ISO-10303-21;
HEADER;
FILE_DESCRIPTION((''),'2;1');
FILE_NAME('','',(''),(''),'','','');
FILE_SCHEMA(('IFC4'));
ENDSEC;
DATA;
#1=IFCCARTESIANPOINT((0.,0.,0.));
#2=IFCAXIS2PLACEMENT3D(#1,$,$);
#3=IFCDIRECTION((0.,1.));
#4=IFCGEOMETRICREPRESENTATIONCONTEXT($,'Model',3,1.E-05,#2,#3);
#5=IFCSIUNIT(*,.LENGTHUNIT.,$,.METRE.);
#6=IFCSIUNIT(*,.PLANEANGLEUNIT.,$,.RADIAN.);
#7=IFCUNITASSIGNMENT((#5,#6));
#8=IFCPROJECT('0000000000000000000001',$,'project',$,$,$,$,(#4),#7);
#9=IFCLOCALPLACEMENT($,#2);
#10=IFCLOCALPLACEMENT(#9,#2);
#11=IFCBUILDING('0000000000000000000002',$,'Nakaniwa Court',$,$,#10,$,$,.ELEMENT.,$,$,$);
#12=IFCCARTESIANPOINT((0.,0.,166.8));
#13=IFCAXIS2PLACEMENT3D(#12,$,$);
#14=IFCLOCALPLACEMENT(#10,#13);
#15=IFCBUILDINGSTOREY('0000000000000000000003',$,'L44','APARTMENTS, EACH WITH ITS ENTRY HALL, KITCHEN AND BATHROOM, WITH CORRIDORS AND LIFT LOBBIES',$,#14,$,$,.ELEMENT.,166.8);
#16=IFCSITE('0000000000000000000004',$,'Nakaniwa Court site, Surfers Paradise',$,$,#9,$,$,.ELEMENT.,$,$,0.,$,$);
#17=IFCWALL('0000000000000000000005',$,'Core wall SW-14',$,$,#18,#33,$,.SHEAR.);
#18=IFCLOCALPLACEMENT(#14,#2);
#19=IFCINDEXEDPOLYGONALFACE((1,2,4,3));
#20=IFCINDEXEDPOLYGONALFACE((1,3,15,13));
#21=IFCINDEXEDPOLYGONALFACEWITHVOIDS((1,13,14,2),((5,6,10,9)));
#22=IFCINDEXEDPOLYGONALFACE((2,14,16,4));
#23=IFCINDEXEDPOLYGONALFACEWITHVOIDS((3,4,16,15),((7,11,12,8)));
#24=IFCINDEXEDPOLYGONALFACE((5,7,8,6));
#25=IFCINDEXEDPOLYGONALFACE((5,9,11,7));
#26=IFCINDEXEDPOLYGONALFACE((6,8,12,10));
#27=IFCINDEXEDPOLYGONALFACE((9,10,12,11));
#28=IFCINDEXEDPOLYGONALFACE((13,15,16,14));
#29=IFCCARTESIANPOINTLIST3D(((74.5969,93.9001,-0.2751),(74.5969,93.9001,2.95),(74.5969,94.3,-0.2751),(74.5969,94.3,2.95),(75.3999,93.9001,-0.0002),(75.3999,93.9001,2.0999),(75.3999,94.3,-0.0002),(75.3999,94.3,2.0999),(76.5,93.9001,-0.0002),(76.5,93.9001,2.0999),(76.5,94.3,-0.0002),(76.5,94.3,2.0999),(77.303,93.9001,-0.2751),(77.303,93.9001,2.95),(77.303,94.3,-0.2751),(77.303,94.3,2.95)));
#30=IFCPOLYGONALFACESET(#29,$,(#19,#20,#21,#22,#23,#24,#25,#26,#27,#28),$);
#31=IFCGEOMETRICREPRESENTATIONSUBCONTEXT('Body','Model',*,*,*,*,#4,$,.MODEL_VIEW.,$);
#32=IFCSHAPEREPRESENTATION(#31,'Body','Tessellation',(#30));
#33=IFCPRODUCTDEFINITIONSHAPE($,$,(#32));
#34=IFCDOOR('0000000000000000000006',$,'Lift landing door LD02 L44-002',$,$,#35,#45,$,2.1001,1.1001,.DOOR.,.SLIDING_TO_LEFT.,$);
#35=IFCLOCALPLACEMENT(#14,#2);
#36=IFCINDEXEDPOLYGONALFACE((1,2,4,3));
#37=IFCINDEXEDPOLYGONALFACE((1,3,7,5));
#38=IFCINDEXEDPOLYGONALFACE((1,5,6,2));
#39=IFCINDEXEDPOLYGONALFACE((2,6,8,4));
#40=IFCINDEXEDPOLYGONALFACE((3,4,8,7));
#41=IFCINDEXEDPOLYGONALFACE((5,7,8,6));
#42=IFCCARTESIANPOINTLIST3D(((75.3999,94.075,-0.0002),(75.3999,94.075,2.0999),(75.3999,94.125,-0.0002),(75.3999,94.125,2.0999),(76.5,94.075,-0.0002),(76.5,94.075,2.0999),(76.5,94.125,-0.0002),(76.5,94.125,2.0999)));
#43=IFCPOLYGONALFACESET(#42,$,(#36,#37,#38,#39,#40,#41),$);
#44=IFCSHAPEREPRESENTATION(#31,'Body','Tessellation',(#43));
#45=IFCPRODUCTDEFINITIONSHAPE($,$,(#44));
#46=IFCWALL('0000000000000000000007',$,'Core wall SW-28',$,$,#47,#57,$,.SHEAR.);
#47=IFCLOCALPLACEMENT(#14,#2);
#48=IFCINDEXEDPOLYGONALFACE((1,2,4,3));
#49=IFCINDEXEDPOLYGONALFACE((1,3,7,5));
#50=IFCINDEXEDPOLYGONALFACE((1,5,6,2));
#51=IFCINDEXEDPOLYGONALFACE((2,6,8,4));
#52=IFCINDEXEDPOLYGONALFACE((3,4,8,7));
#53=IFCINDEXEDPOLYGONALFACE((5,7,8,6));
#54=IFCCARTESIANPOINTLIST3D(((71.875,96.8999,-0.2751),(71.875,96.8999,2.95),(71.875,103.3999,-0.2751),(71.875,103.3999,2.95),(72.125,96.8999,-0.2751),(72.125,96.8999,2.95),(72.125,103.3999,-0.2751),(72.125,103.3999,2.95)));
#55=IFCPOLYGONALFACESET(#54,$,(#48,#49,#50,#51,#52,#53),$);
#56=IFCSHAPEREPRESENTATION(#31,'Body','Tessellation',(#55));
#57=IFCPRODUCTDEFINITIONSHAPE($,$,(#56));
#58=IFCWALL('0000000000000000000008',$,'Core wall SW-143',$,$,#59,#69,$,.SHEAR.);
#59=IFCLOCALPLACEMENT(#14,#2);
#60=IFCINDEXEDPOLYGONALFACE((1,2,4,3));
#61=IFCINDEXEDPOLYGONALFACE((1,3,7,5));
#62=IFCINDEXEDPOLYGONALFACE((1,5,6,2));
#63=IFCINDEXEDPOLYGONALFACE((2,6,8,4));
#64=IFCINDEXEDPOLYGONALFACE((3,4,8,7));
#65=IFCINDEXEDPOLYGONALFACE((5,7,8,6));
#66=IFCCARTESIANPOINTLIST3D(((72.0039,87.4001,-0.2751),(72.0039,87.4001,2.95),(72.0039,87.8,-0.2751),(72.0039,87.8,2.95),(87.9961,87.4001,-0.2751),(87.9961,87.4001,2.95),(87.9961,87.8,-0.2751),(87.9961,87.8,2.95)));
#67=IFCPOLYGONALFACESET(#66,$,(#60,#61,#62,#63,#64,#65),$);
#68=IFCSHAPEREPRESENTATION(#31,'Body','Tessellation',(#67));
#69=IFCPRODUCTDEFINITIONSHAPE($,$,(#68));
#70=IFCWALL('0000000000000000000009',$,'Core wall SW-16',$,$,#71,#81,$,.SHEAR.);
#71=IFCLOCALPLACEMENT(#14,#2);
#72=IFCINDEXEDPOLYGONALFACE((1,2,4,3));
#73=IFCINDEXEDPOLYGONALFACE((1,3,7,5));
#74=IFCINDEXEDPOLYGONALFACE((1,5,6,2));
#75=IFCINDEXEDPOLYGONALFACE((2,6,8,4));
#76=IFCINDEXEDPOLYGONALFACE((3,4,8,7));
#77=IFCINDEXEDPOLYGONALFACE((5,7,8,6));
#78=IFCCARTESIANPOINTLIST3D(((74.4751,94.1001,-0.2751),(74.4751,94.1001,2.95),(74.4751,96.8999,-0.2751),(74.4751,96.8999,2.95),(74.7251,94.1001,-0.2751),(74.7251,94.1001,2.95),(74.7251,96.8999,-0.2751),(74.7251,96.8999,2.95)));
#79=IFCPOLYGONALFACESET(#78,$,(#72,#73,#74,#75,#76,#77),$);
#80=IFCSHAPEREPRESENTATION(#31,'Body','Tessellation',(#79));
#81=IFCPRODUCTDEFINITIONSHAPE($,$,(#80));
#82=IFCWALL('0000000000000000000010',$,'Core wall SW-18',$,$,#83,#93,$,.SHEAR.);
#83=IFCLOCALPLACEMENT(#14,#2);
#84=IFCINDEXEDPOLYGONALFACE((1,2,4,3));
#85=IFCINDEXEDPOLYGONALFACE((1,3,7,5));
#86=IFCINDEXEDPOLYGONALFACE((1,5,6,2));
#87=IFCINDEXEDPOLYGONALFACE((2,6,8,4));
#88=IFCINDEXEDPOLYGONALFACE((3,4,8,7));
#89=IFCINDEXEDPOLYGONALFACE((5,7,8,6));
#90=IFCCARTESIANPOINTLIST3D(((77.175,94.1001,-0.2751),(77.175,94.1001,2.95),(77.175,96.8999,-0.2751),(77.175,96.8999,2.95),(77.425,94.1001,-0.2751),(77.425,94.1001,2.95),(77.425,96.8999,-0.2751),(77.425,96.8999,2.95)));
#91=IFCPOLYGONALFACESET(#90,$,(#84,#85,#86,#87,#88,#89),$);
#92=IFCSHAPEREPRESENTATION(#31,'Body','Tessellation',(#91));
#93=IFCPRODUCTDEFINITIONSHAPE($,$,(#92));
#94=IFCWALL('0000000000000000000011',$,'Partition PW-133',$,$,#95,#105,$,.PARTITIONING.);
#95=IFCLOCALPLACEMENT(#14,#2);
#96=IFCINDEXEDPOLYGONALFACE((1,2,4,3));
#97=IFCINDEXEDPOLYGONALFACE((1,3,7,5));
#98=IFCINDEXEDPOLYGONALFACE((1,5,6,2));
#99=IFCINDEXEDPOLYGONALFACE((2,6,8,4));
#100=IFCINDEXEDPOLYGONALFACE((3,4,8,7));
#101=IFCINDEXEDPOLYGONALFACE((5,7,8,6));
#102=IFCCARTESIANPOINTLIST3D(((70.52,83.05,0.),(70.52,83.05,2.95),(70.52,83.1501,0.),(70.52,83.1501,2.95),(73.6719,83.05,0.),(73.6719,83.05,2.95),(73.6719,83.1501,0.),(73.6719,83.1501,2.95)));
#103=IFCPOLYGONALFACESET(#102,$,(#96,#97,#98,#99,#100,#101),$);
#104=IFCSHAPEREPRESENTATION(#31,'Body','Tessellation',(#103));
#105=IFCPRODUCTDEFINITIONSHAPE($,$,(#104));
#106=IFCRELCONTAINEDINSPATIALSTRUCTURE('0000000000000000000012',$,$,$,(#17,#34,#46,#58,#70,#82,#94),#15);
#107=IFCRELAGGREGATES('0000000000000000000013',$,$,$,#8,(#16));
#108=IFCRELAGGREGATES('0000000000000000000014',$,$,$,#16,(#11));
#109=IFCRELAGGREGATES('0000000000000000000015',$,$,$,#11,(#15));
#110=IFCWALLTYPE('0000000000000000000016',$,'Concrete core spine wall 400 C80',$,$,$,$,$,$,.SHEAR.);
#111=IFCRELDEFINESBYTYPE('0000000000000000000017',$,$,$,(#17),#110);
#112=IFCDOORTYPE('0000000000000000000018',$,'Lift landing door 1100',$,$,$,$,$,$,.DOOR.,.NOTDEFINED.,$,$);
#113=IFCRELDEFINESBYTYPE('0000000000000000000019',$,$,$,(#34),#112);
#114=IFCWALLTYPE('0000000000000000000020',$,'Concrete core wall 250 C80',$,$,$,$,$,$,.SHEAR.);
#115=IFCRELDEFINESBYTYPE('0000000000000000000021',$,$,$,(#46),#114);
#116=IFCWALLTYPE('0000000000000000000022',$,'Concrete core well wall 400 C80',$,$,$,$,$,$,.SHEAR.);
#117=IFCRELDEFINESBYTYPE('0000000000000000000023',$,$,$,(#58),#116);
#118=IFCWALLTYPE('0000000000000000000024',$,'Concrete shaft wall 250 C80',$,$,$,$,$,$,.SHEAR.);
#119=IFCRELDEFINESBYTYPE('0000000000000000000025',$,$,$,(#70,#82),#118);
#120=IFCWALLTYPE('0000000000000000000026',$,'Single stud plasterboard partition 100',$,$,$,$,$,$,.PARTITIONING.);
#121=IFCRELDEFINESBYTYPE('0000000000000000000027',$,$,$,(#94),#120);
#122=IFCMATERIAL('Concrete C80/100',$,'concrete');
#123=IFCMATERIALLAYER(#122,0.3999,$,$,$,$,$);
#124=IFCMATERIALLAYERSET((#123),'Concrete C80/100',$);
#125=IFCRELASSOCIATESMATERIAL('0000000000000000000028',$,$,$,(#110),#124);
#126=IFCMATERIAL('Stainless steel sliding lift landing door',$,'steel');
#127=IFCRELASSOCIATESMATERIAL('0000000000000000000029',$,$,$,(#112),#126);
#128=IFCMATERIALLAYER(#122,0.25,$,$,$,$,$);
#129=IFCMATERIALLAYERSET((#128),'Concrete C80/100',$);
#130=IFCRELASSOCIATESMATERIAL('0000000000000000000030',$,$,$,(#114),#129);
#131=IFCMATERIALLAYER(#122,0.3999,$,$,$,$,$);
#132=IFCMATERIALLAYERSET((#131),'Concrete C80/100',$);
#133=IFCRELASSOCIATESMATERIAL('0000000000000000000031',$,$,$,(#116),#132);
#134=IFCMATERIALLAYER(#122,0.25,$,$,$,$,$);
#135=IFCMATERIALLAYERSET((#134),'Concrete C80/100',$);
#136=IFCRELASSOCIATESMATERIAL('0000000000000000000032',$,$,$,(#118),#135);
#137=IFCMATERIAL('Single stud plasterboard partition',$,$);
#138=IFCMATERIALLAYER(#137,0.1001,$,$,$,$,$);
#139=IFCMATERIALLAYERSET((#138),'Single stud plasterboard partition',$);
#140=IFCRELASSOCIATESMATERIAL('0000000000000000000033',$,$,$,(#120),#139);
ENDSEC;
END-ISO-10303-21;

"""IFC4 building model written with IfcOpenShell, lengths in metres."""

from ifc_helpers import new_model, si_unit, direction, frame, frame_2d, origin, place, context, subcontext, project, spatial, rectangle, extrude, material, layer, layer_set, type_object, element, fill, save


model = new_model("IFC4")

# Units and contexts
model_context = context("Model", 3, precision=1e-05, world=origin(), true_north=direction((0.0, 1.0)))
body_context = subcontext(model_context, "Body", "Model", "MODEL_VIEW")
ifc_project = project(units=[si_unit("LENGTHUNIT", "METRE"), si_unit("PLANEANGLEUNIT", "RADIAN")], contexts=[model_context])

# Site, building, storey
site_placement = place(None, origin())
site = spatial("IfcSite", under=ifc_project, at=site_placement, Name="Nakaniwa Court site, Surfers Paradise", CompositionType="ELEMENT", RefElevation=0.0)
building_placement = place(site_placement, origin())
building = spatial("IfcBuilding", under=site, at=building_placement, Name="Nakaniwa Court", CompositionType="ELEMENT")
storey_placement = place(building_placement, frame((0.0, 0.0, 166.8)))
storey = spatial("IfcBuildingStorey", under=building, at=storey_placement, Name="L44", Description="APARTMENTS, EACH WITH ITS ENTRY HALL, KITCHEN AND BATHROOM, WITH CORRIDORS AND LIFT LOBBIES", CompositionType="ELEMENT", Elevation=166.8)

# Shared definitions
ifc_material_1 = material(Name="Concrete C80/100", Category="concrete")

# Wall, opening, door
ifc_layer_1 = layer(ifc_material_1, 0.3999)
ifc_layer_set_1 = layer_set([ifc_layer_1], Name="Concrete C80/100")
wall_type_1 = type_object("IfcWallType", Name="Concrete core spine wall 400 C80", PredefinedType="SHEAR", material=ifc_layer_set_1)
wall_1_placement = place(storey_placement, frame((74.5969, 94.1001, -0.2751), z_axis=(0.0, 0.0, 1.0), x_axis=(1.0, 0.0, 0.0)))
wall_1 = element("IfcWall", 1, at=wall_1_placement, inside=storey, type_object=wall_type_1, Name="Core wall SW-14", PredefinedType="SHEAR", context=body_context, shape_type="SweptSolid", body=[
    extrude(rectangle(XDim=2.7061, YDim=0.3999, at=frame_2d((1.353, 0.0))), origin(), (0.0, 0.0, 1.0), 3.2251),
])
opening_1_placement = place(wall_1_placement, frame((0.803, 0.0, 0.2749)))
opening_1 = element("IfcOpeningElement", 2, at=opening_1_placement, cuts=wall_1, PredefinedType="OPENING", context=body_context, shape_type="SweptSolid", body=[
    extrude(rectangle(XDim=1.1001, YDim=2.1001, at=frame_2d((0.55, 1.05))), frame((0.0, 0.21, 0.0), z_axis=(0.0, -1.0, 0.0), x_axis=(1.0, 0.0, 0.0)), (0.0, 0.0, 1.0), 0.4199),
])
ifc_material_2 = material(Name="Stainless steel sliding lift landing door", Category="steel")
door_type_1 = type_object("IfcDoorType", Name="Lift landing door 1100", OperationType="NOTDEFINED", PredefinedType="DOOR", material=ifc_material_2)
door_1_placement = place(opening_1_placement, origin())
door_1 = element("IfcDoor", 3, at=door_1_placement, inside=storey, type_object=door_type_1, Name="Lift landing door LD02 L44-002", OperationType="SLIDING_TO_LEFT", OverallHeight=2.1001, OverallWidth=1.1001, PredefinedType="DOOR", context=body_context, shape_type="SweptSolid", body=[
    extrude(rectangle(XDim=1.1001, YDim=2.1001, at=frame_2d((0.55, 1.05))), frame((0.0, 0.0249, 0.0), z_axis=(0.0, -1.0, 0.0), x_axis=(1.0, 0.0, 0.0)), (0.0, 0.0, 1.0), 0.05),
])
fill(opening_1, door_1)

# Walls
ifc_layer_2 = layer(ifc_material_1, 0.25)
ifc_layer_set_2 = layer_set([ifc_layer_2], Name="Concrete C80/100")
wall_type_2 = type_object("IfcWallType", Name="Concrete core wall 250 C80", PredefinedType="SHEAR", material=ifc_layer_set_2)
wall_2_placement = place(storey_placement, frame((72.0, 96.8999, -0.2751), z_axis=(0.0, 0.0, 1.0), x_axis=(0.0, 1.0, 0.0)))
element("IfcWall", 4, at=wall_2_placement, inside=storey, type_object=wall_type_2, Name="Core wall SW-28", PredefinedType="SHEAR", context=body_context, shape_type="SweptSolid", body=[
    extrude(rectangle(XDim=6.5, YDim=0.25, at=frame_2d((3.25, 0.0))), origin(), (0.0, 0.0, 1.0), 3.2251),
])
ifc_layer_3 = layer(ifc_material_1, 0.3999)
ifc_layer_set_3 = layer_set([ifc_layer_3], Name="Concrete C80/100")
wall_type_3 = type_object("IfcWallType", Name="Concrete core well wall 400 C80", PredefinedType="SHEAR", material=ifc_layer_set_3)
wall_3_placement = place(storey_placement, frame((72.0039, 87.6001, -0.2751), z_axis=(0.0, 0.0, 1.0), x_axis=(1.0, 0.0, 0.0)))
element("IfcWall", 5, at=wall_3_placement, inside=storey, type_object=wall_type_3, Name="Core wall SW-143", PredefinedType="SHEAR", context=body_context, shape_type="SweptSolid", body=[
    extrude(rectangle(XDim=15.9922, YDim=0.3999, at=frame_2d((7.9961, 0.0))), origin(), (0.0, 0.0, 1.0), 3.2251),
])
ifc_layer_4 = layer(ifc_material_1, 0.25)
ifc_layer_set_4 = layer_set([ifc_layer_4], Name="Concrete C80/100")
wall_type_4 = type_object("IfcWallType", Name="Concrete shaft wall 250 C80", PredefinedType="SHEAR", material=ifc_layer_set_4)
for number, where, z_axis, x_axis, name in (
    (6, (74.6001, 94.1001, -0.2751), (0.0, 0.0, 1.0), (0.0, 1.0, 0.0), "Core wall SW-16"),
    (7, (77.3, 94.1001, -0.2751), (0.0, 0.0, 1.0), (0.0, 1.0, 0.0), "Core wall SW-18"),
):
    element("IfcWall", number, at=place(storey_placement, frame(where, z_axis=z_axis, x_axis=x_axis)), inside=storey, type_object=wall_type_4, Name=name, PredefinedType="SHEAR", context=body_context, shape_type="SweptSolid", body=[
        extrude(rectangle(XDim=2.7998, YDim=0.25, at=frame_2d((1.3999, 0.0))), origin(), (0.0, 0.0, 1.0), 3.2251),
    ])
ifc_material_3 = material(Name="Single stud plasterboard partition")
ifc_layer_5 = layer(ifc_material_3, 0.1001)
ifc_layer_set_5 = layer_set([ifc_layer_5], Name="Single stud plasterboard partition")
wall_type_5 = type_object("IfcWallType", Name="Single stud plasterboard partition 100", PredefinedType="PARTITIONING", material=ifc_layer_set_5)
wall_4_placement = place(storey_placement, frame((70.52, 83.1001, 0.0), z_axis=(0.0, 0.0, 1.0), x_axis=(1.0, 0.0, 0.0)))
element("IfcWall", 8, at=wall_4_placement, inside=storey, type_object=wall_type_5, Name="Partition PW-133", PredefinedType="PARTITIONING", context=body_context, shape_type="SweptSolid", body=[
    extrude(rectangle(XDim=3.1519, YDim=0.1001, at=frame_2d((1.5759, 0.0))), origin(), (0.0, 0.0, 1.0), 2.95),
])

save(model, "model.ifc")
